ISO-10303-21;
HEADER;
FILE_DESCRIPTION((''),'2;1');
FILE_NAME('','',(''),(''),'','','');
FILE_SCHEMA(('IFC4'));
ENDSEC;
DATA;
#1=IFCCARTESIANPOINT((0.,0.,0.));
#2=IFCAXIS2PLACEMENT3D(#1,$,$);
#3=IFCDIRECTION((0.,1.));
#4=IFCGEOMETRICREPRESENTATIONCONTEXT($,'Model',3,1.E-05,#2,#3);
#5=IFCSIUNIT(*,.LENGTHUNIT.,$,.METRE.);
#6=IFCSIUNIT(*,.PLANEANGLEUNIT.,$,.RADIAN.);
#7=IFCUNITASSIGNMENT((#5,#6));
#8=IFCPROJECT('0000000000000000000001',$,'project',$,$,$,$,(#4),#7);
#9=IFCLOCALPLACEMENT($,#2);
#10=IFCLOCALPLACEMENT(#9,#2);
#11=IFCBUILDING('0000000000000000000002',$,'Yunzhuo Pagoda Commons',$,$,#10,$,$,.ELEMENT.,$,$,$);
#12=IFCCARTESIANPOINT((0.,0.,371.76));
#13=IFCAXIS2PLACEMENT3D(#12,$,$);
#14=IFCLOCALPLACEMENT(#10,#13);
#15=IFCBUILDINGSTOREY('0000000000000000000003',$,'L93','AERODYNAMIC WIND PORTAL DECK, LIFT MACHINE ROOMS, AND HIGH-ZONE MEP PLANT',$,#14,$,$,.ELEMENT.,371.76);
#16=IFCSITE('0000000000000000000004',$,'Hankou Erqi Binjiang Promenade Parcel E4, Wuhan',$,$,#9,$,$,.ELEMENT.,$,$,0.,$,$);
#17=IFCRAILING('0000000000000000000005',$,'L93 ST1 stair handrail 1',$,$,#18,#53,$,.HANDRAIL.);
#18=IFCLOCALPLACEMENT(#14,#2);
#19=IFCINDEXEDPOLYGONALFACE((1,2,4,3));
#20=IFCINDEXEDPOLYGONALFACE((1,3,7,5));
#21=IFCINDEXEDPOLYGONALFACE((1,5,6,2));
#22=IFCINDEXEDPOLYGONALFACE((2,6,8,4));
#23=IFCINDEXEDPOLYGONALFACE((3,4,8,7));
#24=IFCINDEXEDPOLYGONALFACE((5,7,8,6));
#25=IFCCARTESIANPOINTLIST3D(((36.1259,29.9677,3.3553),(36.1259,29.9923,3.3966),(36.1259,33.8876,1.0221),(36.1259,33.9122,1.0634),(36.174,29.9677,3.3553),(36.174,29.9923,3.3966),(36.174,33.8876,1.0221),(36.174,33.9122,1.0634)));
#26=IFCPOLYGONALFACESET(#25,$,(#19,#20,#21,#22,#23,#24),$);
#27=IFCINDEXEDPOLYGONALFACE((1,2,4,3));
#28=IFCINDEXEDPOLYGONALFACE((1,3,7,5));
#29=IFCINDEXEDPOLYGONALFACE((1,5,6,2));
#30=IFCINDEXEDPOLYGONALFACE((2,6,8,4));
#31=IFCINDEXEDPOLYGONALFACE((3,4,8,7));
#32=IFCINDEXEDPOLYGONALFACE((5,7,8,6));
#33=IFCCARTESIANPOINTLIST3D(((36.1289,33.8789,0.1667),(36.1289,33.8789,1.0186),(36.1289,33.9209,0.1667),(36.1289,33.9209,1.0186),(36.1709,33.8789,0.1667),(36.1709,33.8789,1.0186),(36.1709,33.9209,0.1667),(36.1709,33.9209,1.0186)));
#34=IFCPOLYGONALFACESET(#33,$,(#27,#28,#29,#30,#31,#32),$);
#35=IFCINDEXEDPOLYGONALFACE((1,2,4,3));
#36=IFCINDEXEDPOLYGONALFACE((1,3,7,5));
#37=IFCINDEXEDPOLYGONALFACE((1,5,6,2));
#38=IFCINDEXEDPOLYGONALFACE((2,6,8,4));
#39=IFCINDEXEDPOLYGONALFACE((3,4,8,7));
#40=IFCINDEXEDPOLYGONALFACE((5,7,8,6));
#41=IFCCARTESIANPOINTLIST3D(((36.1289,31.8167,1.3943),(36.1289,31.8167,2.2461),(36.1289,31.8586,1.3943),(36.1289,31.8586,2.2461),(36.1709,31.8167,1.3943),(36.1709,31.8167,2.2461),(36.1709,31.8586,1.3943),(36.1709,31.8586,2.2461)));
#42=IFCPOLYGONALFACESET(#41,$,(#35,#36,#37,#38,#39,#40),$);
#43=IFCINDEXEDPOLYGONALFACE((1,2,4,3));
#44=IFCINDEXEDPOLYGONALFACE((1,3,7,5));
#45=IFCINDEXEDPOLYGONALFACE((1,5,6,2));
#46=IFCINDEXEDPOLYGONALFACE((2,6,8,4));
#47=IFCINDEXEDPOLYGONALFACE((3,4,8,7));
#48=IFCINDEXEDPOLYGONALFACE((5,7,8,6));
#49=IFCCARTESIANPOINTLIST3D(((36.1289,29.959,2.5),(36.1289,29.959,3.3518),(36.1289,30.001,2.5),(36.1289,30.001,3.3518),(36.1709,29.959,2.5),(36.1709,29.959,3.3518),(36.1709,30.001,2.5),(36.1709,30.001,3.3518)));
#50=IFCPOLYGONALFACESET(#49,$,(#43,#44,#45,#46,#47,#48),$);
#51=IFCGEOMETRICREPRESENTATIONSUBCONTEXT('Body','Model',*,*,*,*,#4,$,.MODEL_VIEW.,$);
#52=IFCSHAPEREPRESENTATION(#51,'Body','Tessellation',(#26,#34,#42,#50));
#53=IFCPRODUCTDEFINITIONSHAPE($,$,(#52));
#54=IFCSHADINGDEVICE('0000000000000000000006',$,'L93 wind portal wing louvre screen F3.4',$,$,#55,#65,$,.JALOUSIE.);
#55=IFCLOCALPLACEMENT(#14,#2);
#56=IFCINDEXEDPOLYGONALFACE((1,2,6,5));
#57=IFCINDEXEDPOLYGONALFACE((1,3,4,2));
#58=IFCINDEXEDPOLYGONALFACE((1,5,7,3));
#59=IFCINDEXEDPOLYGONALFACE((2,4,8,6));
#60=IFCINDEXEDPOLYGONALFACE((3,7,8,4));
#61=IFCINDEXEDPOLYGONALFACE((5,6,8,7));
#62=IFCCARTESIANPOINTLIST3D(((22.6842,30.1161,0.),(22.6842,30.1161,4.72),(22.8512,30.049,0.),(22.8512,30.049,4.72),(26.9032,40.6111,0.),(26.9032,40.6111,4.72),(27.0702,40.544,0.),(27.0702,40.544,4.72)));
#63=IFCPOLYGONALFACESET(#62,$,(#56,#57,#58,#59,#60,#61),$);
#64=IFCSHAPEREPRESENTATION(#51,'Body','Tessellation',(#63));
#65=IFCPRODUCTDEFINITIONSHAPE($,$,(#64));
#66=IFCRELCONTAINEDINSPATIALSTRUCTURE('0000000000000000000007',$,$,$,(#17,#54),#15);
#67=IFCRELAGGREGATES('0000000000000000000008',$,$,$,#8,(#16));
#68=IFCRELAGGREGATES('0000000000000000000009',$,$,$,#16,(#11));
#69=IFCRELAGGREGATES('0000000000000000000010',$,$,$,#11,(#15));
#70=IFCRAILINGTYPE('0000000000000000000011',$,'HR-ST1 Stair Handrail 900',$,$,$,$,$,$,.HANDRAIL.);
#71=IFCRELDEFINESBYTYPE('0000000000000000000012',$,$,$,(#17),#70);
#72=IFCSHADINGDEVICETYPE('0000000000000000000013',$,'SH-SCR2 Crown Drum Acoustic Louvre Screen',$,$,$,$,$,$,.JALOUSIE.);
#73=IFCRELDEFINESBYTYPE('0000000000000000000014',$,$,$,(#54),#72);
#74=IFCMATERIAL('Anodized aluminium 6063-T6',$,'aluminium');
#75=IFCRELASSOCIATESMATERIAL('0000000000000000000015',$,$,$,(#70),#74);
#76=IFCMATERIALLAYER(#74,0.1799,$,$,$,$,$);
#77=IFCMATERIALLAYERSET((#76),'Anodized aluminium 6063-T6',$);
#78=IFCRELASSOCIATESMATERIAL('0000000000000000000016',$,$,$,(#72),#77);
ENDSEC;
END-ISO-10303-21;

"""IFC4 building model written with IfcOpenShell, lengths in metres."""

from ifc_helpers import new_model, si_unit, direction, frame, origin, origin_2d, place, context, subcontext, project, spatial, rectangle, extrude, source, transform, mapped, material, layer, layer_set, type_object, element, save


model = new_model("IFC4")

# Units and contexts
model_context = context("Model", 3, precision=1e-05, world=origin(), true_north=direction((0.0, 1.0)))
body_context = subcontext(model_context, "Body", "Model", "MODEL_VIEW")
ifc_project = project(units=[si_unit("LENGTHUNIT", "METRE"), si_unit("PLANEANGLEUNIT", "RADIAN")], contexts=[model_context])

# Site, building, storey
site_placement = place(None, origin())
site = spatial("IfcSite", under=ifc_project, at=site_placement, Name="Hankou Erqi Binjiang Promenade Parcel E4, Wuhan", CompositionType="ELEMENT", RefElevation=0.0)
building_placement = place(site_placement, origin())
building = spatial("IfcBuilding", under=site, at=building_placement, Name="Yunzhuo Pagoda Commons", CompositionType="ELEMENT")
storey_placement = place(building_placement, frame((0.0, 0.0, 371.76)))
storey = spatial("IfcBuildingStorey", under=building, at=storey_placement, Name="L93", Description="AERODYNAMIC WIND PORTAL DECK, LIFT MACHINE ROOMS, AND HIGH-ZONE MEP PLANT", CompositionType="ELEMENT", Elevation=371.76)

# Railing
ifc_material_1 = material(Name="Anodized aluminium 6063-T6", Category="aluminium")
railing_type_1 = type_object("IfcRailingType", Name="HR-ST1 Stair Handrail 900", PredefinedType="HANDRAIL", material=ifc_material_1)
railing_1_placement = place(storey_placement, frame((36.1499, 33.8999, 0.1667)))
element("IfcRailing", 1, at=railing_1_placement, inside=storey, type_object=railing_type_1, Name="L93 ST1 stair handrail 1", PredefinedType="HANDRAIL", context=body_context, shape_type="SweptSolid", body=[
    extrude(rectangle(XDim=0.0481, YDim=0.0481, at=origin_2d()), frame((0.0, 0.0, 0.876), z_axis=(0.0, -0.859296, 0.511478), x_axis=(1.0, 0.0, 0.0)), (0.0, 0.0, 1.0), 4.5618),
    extrude(rectangle(XDim=0.042, YDim=0.042, at=origin_2d()), origin(), (0.0, 0.0, 1.0), 0.8518),
    extrude(rectangle(XDim=0.042, YDim=0.042, at=origin_2d()), frame((0.0, -2.0623, 1.2275)), (0.0, 0.0, 1.0), 0.8518),
    extrude(rectangle(XDim=0.042, YDim=0.042, at=origin_2d()), frame((0.0, -3.9199, 2.3333)), (0.0, 0.0, 1.0), 0.8518),
])

# Shading device
ifc_layer_1 = layer(ifc_material_1, 0.1799)
ifc_layer_set_1 = layer_set([ifc_layer_1], Name="Anodized aluminium 6063-T6")
shading_device_type = type_object("IfcShadingDeviceType", Name="SH-SCR2 Crown Drum Acoustic Louvre Screen", PredefinedType="JALOUSIE", material=ifc_layer_set_1)
shared_shape_1 = source(origin(), body_context, "Body", "SweptSolid", [
    extrude(rectangle(XDim=11.3113, YDim=0.1799, at=origin_2d()), origin(), (0.0, 0.0, 1.0), 4.72),
])
shading_device_placement = place(storey_placement, frame((24.8772, 35.3301, 0.0), z_axis=(0.0, 0.0, 1.0), x_axis=(-0.372988, -0.927836, 0.0)))
element("IfcShadingDevice", 2, at=shading_device_placement, inside=storey, type_object=shading_device_type, Name="L93 wind portal wing louvre screen F3.4", PredefinedType="JALOUSIE", context=body_context, shape_type="MappedRepresentation", body=[
    mapped(shared_shape_1, transform((0.0, 0.0, 0.0), scale=1.0)),
])

save(model, "model.ifc")
